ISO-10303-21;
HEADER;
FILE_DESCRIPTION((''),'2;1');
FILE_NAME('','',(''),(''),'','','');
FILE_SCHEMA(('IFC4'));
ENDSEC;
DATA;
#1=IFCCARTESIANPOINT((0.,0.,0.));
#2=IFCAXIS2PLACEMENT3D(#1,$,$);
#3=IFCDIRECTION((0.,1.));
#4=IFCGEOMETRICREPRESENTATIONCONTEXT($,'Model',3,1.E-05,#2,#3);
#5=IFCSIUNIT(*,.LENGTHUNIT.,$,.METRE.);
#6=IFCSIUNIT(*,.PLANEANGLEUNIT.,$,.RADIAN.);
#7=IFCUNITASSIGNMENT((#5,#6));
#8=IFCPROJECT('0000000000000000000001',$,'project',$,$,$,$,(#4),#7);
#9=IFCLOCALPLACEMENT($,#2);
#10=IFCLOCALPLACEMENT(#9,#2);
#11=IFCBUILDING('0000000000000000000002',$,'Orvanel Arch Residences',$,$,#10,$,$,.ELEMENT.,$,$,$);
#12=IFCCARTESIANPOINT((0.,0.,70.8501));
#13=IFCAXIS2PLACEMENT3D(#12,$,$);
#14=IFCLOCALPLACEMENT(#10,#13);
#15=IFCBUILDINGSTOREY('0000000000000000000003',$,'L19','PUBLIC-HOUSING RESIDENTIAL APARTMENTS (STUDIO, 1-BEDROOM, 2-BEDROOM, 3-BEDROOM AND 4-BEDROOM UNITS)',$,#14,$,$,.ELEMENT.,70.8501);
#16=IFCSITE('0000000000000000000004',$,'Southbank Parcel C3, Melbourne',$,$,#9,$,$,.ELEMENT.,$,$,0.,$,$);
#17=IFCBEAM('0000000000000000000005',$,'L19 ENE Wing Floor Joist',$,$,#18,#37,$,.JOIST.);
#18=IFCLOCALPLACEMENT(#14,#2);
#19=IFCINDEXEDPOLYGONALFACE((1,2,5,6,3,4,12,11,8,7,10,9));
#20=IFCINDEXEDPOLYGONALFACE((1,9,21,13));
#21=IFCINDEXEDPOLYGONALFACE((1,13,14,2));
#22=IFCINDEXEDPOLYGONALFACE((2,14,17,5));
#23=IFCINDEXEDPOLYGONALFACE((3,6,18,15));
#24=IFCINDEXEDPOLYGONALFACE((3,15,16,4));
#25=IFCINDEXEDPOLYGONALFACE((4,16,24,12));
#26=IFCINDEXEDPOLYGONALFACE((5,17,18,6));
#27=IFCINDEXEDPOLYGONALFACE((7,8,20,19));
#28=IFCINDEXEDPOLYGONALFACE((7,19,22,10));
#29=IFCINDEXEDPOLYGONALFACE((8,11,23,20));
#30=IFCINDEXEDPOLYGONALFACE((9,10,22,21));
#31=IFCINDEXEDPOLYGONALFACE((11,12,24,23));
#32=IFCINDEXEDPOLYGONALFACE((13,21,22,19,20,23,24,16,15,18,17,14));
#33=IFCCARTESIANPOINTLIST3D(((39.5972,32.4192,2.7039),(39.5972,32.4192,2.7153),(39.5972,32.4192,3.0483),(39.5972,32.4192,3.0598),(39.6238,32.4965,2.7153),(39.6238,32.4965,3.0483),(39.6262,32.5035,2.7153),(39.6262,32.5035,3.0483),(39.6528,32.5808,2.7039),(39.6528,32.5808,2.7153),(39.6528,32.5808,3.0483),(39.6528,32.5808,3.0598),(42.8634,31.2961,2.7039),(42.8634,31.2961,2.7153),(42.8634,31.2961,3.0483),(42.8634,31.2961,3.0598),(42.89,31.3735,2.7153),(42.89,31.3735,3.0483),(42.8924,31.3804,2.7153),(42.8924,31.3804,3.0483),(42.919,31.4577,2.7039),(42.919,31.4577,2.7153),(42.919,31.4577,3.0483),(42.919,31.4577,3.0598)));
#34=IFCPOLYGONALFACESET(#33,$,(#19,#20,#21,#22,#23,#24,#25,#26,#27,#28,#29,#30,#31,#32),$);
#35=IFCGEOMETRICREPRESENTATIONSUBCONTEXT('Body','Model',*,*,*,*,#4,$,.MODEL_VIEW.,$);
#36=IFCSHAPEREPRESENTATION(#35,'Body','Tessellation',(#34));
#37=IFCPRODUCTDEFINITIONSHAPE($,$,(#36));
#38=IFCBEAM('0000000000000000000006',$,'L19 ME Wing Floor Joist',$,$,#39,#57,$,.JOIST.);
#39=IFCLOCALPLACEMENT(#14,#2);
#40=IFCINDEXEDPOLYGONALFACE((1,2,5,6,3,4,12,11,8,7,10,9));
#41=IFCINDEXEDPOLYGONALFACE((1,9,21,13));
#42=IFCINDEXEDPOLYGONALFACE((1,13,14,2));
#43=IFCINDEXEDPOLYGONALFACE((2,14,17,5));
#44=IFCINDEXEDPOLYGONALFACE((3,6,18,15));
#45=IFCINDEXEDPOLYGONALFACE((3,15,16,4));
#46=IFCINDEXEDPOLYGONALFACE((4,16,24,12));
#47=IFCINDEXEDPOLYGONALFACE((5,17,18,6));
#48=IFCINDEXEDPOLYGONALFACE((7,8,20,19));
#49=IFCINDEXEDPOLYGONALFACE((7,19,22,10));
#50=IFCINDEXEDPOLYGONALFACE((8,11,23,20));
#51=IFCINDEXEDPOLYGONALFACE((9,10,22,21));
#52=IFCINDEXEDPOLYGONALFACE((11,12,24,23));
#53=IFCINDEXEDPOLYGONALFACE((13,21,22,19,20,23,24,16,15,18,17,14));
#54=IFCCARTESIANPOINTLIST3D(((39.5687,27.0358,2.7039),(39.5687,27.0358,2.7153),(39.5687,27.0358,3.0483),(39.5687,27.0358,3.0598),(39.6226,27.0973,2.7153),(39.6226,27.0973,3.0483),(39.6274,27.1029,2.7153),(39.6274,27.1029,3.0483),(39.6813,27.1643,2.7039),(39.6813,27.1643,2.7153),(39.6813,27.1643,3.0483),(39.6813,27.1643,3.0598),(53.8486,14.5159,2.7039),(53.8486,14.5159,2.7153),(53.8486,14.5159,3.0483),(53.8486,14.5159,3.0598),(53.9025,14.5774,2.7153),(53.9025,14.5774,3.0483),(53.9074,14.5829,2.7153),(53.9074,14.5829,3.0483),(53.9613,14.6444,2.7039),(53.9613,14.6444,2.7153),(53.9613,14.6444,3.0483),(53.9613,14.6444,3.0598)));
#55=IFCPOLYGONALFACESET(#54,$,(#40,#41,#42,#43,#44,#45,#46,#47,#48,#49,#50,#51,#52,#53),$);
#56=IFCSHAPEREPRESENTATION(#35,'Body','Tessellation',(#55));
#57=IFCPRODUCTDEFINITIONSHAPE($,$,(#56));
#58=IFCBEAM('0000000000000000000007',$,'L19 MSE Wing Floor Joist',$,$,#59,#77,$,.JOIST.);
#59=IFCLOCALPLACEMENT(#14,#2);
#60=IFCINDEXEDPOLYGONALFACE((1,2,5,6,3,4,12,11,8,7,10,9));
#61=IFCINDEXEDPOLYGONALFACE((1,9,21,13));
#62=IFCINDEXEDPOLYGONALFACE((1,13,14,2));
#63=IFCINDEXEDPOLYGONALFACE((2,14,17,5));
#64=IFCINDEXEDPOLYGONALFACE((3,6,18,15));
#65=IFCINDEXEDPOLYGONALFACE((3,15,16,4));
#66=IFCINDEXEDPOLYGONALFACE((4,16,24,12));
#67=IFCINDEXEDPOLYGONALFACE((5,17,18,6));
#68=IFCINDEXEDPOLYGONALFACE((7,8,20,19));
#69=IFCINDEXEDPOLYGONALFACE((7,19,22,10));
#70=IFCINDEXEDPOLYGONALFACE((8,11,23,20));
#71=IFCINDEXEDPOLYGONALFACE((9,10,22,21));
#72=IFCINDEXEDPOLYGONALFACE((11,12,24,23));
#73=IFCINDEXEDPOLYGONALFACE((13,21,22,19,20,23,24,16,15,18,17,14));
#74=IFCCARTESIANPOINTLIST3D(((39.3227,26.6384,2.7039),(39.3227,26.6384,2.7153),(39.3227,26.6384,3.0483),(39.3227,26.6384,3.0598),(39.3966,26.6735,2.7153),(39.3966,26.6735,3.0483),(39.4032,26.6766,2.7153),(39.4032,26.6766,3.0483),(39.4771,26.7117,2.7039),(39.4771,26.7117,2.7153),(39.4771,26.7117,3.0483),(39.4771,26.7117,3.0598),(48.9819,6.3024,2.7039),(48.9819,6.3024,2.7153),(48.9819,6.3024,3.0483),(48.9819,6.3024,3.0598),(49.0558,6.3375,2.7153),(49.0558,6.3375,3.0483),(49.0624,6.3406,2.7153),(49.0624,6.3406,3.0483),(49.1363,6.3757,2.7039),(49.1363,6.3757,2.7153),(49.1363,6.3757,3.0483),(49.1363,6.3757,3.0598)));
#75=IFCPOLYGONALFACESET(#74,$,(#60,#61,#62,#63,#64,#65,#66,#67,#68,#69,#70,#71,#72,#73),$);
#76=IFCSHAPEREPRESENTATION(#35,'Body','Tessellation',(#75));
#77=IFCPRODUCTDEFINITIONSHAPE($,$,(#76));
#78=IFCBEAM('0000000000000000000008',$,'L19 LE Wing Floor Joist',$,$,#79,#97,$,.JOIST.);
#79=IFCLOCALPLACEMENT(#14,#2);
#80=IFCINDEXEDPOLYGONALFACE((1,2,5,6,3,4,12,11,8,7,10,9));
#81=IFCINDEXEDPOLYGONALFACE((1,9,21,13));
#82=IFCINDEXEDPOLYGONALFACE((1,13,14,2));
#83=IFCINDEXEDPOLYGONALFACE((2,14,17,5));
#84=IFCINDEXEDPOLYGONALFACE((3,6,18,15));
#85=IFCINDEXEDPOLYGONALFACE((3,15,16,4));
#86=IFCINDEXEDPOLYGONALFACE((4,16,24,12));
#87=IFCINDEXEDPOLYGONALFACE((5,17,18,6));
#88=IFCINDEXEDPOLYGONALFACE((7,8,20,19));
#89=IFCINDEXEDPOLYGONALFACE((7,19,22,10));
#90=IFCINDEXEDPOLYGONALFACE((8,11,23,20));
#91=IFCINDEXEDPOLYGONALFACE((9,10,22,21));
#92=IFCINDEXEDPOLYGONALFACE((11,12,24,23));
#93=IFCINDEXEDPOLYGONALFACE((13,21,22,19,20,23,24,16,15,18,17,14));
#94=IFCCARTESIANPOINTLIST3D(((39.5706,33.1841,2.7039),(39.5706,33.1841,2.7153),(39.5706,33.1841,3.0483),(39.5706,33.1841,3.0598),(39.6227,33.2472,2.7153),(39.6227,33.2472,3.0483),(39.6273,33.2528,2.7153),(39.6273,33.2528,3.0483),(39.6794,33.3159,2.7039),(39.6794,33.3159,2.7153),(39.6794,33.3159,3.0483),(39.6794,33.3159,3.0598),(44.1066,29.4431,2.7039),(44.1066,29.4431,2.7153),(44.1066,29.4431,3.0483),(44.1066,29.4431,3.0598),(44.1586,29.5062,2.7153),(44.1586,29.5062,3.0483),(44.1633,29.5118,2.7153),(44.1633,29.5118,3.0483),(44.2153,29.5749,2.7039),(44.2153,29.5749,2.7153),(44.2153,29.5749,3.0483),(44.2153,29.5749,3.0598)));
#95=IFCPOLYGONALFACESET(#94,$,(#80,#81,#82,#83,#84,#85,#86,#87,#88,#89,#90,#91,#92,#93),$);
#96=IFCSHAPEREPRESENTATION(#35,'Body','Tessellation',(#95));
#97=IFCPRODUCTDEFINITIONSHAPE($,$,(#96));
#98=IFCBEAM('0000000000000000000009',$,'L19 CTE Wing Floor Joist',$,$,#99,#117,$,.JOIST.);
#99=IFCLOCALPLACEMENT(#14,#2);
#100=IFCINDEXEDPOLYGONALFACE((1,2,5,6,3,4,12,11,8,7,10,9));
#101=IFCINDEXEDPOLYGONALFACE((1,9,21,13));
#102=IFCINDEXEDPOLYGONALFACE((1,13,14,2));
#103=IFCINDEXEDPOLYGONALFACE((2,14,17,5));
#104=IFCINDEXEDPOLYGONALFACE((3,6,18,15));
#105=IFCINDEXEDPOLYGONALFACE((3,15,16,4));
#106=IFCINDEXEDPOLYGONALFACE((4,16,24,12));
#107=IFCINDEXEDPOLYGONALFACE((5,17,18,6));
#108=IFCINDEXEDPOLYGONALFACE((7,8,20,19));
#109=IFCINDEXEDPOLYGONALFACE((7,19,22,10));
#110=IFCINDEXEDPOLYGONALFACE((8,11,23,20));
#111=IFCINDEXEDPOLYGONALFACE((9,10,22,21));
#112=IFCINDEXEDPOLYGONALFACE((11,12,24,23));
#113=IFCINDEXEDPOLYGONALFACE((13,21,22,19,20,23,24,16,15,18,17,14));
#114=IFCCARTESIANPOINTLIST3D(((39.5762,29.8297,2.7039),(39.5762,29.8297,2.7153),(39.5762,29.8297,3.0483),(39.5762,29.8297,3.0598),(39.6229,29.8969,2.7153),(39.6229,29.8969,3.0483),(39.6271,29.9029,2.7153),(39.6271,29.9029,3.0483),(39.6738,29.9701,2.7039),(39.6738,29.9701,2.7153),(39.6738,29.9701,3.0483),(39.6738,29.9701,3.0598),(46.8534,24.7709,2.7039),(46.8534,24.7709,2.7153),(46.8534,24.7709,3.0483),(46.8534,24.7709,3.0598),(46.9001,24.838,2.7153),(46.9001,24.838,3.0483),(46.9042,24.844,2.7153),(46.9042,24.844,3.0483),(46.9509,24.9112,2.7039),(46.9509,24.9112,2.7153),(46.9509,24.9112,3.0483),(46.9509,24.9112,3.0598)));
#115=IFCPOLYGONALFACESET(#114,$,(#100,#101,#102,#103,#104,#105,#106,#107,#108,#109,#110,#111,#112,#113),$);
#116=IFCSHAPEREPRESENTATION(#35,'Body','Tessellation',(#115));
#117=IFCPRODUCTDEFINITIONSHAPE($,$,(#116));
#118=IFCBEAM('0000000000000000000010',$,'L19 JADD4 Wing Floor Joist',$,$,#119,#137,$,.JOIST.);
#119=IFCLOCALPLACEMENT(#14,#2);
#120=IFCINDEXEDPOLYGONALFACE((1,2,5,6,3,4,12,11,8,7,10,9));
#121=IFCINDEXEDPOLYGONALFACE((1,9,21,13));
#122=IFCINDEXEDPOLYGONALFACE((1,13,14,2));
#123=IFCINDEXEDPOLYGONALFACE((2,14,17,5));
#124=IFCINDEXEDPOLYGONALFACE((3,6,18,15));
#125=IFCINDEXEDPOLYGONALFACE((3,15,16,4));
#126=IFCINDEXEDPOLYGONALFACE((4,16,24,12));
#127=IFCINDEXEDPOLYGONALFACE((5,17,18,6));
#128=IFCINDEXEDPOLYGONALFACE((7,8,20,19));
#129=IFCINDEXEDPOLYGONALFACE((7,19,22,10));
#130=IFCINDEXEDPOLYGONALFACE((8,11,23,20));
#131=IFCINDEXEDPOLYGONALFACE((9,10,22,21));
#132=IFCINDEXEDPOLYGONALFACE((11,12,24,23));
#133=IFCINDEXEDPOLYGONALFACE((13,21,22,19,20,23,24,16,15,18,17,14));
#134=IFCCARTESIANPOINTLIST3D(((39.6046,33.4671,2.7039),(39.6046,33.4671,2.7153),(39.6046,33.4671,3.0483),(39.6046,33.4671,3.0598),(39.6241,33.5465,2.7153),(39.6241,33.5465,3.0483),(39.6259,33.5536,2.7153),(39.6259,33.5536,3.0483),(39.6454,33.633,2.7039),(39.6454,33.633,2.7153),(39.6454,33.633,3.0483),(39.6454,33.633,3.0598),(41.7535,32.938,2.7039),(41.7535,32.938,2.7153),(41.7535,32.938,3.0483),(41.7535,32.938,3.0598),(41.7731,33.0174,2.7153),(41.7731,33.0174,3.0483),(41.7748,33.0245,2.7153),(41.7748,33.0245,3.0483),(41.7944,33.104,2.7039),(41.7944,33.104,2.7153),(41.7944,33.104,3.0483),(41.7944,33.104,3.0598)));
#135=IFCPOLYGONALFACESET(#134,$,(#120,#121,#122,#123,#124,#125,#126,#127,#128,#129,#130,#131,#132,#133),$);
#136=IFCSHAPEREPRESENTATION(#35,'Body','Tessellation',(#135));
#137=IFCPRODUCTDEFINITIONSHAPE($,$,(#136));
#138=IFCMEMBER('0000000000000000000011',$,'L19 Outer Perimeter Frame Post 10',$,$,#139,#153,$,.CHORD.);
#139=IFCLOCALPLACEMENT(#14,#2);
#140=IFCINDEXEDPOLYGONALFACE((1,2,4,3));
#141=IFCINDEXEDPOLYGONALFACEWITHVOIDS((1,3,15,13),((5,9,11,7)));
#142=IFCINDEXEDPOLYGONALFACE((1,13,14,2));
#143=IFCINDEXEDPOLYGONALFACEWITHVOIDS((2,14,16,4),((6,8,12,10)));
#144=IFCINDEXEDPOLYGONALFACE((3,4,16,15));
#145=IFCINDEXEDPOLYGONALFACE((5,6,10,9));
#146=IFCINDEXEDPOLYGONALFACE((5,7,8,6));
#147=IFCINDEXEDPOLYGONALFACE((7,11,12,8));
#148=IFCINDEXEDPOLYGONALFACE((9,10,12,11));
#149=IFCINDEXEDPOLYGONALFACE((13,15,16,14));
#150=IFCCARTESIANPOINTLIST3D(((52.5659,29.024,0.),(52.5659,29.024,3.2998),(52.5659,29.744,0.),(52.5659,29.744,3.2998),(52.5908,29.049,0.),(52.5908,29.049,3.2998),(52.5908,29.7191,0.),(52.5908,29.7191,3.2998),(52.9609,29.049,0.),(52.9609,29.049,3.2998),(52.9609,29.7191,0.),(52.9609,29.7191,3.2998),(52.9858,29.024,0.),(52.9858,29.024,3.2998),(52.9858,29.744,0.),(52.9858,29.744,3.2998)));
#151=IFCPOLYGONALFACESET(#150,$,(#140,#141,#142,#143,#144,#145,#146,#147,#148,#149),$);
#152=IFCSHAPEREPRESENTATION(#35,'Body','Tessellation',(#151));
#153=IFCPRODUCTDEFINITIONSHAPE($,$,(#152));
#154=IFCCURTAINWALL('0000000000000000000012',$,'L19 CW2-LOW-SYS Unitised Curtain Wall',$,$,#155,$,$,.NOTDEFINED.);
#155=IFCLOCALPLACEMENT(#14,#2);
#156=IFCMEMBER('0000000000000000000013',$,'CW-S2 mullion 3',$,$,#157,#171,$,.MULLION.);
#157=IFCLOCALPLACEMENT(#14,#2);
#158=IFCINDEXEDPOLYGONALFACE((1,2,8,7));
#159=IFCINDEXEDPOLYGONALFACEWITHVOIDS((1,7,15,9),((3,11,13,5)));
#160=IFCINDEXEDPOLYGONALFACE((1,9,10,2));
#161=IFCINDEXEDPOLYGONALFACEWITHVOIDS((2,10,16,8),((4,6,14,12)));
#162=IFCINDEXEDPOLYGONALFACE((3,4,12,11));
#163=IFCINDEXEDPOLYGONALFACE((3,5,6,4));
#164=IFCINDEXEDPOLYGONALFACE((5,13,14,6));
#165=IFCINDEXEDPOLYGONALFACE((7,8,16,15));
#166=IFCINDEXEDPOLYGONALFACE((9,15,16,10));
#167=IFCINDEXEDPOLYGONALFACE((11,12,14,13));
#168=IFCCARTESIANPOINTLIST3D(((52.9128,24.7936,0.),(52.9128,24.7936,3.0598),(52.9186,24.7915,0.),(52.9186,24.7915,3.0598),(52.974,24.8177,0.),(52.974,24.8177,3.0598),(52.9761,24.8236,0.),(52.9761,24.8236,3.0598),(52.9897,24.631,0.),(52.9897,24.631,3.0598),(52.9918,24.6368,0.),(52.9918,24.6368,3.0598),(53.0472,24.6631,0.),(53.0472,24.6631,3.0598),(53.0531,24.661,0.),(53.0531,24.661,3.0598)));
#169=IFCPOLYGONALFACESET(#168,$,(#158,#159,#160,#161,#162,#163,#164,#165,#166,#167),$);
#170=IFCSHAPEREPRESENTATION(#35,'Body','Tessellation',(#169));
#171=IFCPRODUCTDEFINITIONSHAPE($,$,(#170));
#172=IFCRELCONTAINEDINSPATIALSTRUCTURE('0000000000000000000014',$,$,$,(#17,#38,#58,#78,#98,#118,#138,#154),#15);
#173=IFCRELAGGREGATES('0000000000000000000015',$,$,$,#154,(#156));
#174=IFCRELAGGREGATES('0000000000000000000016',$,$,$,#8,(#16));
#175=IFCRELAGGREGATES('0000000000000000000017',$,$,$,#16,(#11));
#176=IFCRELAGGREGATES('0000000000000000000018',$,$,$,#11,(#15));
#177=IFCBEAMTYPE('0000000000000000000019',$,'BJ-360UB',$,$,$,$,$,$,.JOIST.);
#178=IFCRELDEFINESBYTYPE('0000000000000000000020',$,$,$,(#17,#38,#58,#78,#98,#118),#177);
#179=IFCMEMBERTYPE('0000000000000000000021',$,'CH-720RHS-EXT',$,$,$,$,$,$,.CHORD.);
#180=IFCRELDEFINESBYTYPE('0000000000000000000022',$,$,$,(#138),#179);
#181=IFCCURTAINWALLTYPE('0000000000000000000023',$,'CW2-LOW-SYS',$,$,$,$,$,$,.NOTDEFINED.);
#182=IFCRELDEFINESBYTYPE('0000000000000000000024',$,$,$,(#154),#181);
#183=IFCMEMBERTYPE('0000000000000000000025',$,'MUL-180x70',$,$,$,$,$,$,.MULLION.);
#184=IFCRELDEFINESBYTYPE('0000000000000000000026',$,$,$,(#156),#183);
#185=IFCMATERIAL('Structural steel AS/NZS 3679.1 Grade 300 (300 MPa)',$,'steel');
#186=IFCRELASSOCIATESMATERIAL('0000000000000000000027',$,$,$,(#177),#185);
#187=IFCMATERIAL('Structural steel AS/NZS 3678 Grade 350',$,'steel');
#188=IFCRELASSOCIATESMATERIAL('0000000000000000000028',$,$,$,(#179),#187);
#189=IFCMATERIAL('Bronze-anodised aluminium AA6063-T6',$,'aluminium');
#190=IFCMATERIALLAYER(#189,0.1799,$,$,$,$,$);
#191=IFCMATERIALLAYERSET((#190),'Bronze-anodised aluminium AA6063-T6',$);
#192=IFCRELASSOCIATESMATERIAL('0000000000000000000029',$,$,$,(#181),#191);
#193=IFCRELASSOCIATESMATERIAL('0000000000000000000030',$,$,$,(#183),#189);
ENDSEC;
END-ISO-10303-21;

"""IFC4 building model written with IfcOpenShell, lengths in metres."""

from ifc_helpers import new_model, si_unit, direction, frame, origin, origin_2d, place, context, subcontext, project, spatial, hollow_rectangle, i_section, extrude, material, layer, layer_set, material_profile, profile_set, type_object, element, aggregate, save


model = new_model("IFC4")

# Units and contexts
model_context = context("Model", 3, precision=1e-05, world=origin(), true_north=direction((0.0, 1.0)))
body_context = subcontext(model_context, "Body", "Model", "MODEL_VIEW")
ifc_project = project(units=[si_unit("LENGTHUNIT", "METRE"), si_unit("PLANEANGLEUNIT", "RADIAN")], contexts=[model_context])

# Site, building, storey
site_placement = place(None, origin())
site = spatial("IfcSite", under=ifc_project, at=site_placement, Name="Southbank Parcel C3, Melbourne", CompositionType="ELEMENT", RefElevation=0.0)
building_placement = place(site_placement, origin())
building = spatial("IfcBuilding", under=site, at=building_placement, Name="Orvanel Arch Residences", CompositionType="ELEMENT")
storey_placement = place(building_placement, frame((0.0, 0.0, 70.8501)))
storey = spatial("IfcBuildingStorey", under=building, at=storey_placement, Name="L19", Description="PUBLIC-HOUSING RESIDENTIAL APARTMENTS (STUDIO, 1-BEDROOM, 2-BEDROOM, 3-BEDROOM AND 4-BEDROOM UNITS)", CompositionType="ELEMENT", Elevation=70.8501)

# Beams
ifc_material_1 = material(Name="Structural steel AS/NZS 3679.1 Grade 300 (300 MPa)", Category="steel")
ifc_material_profile_1 = material_profile(ifc_material_1, i_section(OverallWidth=0.1709, OverallDepth=0.356, WebThickness=0.0073, FlangeThickness=0.0115, at=origin_2d()), Name="360UB50.7")
ifc_profile_set_1 = profile_set([ifc_material_profile_1], Name="Structural steel AS/NZS 3679.1 Grade 300 (300 MPa)")
beam_type_1 = type_object("IfcBeamType", Name="BJ-360UB", PredefinedType="JOIST", material=ifc_profile_set_1)
beam_1_placement = place(storey_placement, frame((39.625, 32.5, 2.8818), z_axis=(0.945658, -0.325163, 0.0), x_axis=(0.325163, 0.945658, 0.0)))
element("IfcBeam", 1, at=beam_1_placement, inside=storey, type_object=beam_type_1, Name="L19 ENE Wing Floor Joist", PredefinedType="JOIST", context=body_context, shape_type="SweptSolid", body=[
    extrude(i_section(OverallWidth=0.1709, OverallDepth=0.356, WebThickness=0.0073, FlangeThickness=0.0115, at=origin_2d()), origin(), (0.0, 0.0, 1.0), 3.4539),
])
beam_2_placement = place(storey_placement, frame((39.625, 27.1001, 2.8818), z_axis=(0.751924, -0.65925, 0.0), x_axis=(0.65925, 0.751924, 0.0)))
element("IfcBeam", 2, at=beam_2_placement, inside=storey, type_object=beam_type_1, Name="L19 ME Wing Floor Joist", PredefinedType="JOIST", context=body_context, shape_type="SweptSolid", body=[
    extrude(i_section(OverallWidth=0.1709, OverallDepth=0.356, WebThickness=0.0073, FlangeThickness=0.0115, at=origin_2d()), origin(), (0.0, 0.0, 1.0), 18.9912),
])
beam_3_placement = place(storey_placement, frame((39.3999, 26.675, 2.8818), z_axis=(0.429043, -0.903284, 0.0), x_axis=(0.903284, 0.429043, 0.0)))
element("IfcBeam", 3, at=beam_3_placement, inside=storey, type_object=beam_type_1, Name="L19 MSE Wing Floor Joist", PredefinedType="JOIST", context=body_context, shape_type="SweptSolid", body=[
    extrude(i_section(OverallWidth=0.1709, OverallDepth=0.356, WebThickness=0.0073, FlangeThickness=0.0115, at=origin_2d()), origin(), (0.0, 0.0, 1.0), 22.5134),
])
beam_4_placement = place(storey_placement, frame((39.625, 33.25, 2.8818), z_axis=(0.771469, -0.636267, 0.0), x_axis=(0.636267, 0.771469, 0.0)))
element("IfcBeam", 4, at=beam_4_placement, inside=storey, type_object=beam_type_1, Name="L19 LE Wing Floor Joist", PredefinedType="JOIST", context=body_context, shape_type="SweptSolid", body=[
    extrude(i_section(OverallWidth=0.1709, OverallDepth=0.356, WebThickness=0.0073, FlangeThickness=0.0115, at=origin_2d()), origin(), (0.0, 0.0, 1.0), 5.8796),
])
beam_5_placement = place(storey_placement, frame((39.625, 29.8999, 2.8818), z_axis=(0.82109, -0.570799, 0.0), x_axis=(0.570799, 0.82109, 0.0)))
element("IfcBeam", 5, at=beam_5_placement, inside=storey, type_object=beam_type_1, Name="L19 CTE Wing Floor Joist", PredefinedType="JOIST", context=body_context, shape_type="SweptSolid", body=[
    extrude(i_section(OverallWidth=0.1709, OverallDepth=0.356, WebThickness=0.0073, FlangeThickness=0.0115, at=origin_2d()), origin(), (0.0, 0.0, 1.0), 8.8628),
])
beam_6_placement = place(storey_placement, frame((39.625, 33.55, 2.8818), z_axis=(0.971006, -0.239056, 0.0), x_axis=(0.239056, 0.971006, 0.0)))
element("IfcBeam", 6, at=beam_6_placement, inside=storey, type_object=beam_type_1, Name="L19 JADD4 Wing Floor Joist", PredefinedType="JOIST", context=body_context, shape_type="SweptSolid", body=[
    extrude(i_section(OverallWidth=0.1709, OverallDepth=0.356, WebThickness=0.0073, FlangeThickness=0.0115, at=origin_2d()), origin(), (0.0, 0.0, 1.0), 2.2131),
])

# Member
ifc_material_2 = material(Name="Structural steel AS/NZS 3678 Grade 350", Category="steel")
ifc_material_profile_2 = material_profile(ifc_material_2, hollow_rectangle(XDim=0.4199, YDim=0.72, WallThickness=0.0249, at=origin_2d()), Name="RHS720x420x25")
ifc_profile_set_2 = profile_set([ifc_material_profile_2], Name="Structural steel AS/NZS 3678 Grade 350")
member_type_1 = type_object("IfcMemberType", Name="CH-720RHS-EXT", PredefinedType="CHORD", material=ifc_profile_set_2)
member_1_placement = place(storey_placement, frame((52.7759, 29.384, 0.0), z_axis=(0.0, 0.0, 1.0), x_axis=(1.0, 0.0, 0.0)))
element("IfcMember", 7, at=member_1_placement, inside=storey, type_object=member_type_1, Name="L19 Outer Perimeter Frame Post 10", PredefinedType="CHORD", context=body_context, shape_type="SweptSolid", body=[
    extrude(hollow_rectangle(XDim=0.4199, YDim=0.72, WallThickness=0.0249, at=origin_2d()), origin(), (0.0, 0.0, 1.0), 3.2998),
])

# Curtain wall, member
ifc_material_3 = material(Name="Bronze-anodised aluminium AA6063-T6", Category="aluminium")
ifc_layer_1 = layer(ifc_material_3, 0.1799)
ifc_layer_set_1 = layer_set([ifc_layer_1], Name="Bronze-anodised aluminium AA6063-T6")
curtain_wall_type = type_object("IfcCurtainWallType", Name="CW2-LOW-SYS", PredefinedType="NOTDEFINED", material=ifc_layer_set_1)
curtain_wall_placement = place(storey_placement, origin())
curtain_wall = element("IfcCurtainWall", 8, at=curtain_wall_placement, inside=storey, type_object=curtain_wall_type, Name="L19 CW2-LOW-SYS Unitised Curtain Wall", PredefinedType="NOTDEFINED")
ifc_material_profile_3 = material_profile(ifc_material_3, hollow_rectangle(XDim=0.0701, YDim=0.1799, WallThickness=0.0044, at=origin_2d()), Name="ALU180x70x4.5")
ifc_profile_set_3 = profile_set([ifc_material_profile_3], Name="Bronze-anodised aluminium AA6063-T6")
member_type_2 = type_object("IfcMemberType", Name="MUL-180x70", PredefinedType="MULLION", material=ifc_profile_set_3)
member_2_placement = place(storey_placement, frame((52.9829, 24.7273, 0.0), z_axis=(0.0, 0.0, 1.0), x_axis=(-0.903875, -0.427796, 0.0)))
member_2 = element("IfcMember", 9, at=member_2_placement, type_object=member_type_2, Name="CW-S2 mullion 3", PredefinedType="MULLION", context=body_context, shape_type="SweptSolid", body=[
    extrude(hollow_rectangle(XDim=0.0701, YDim=0.1799, WallThickness=0.0044, at=origin_2d()), origin(), (0.0, 0.0, 1.0), 3.0598),
])
aggregate(curtain_wall, [member_2])

save(model, "model.ifc")
